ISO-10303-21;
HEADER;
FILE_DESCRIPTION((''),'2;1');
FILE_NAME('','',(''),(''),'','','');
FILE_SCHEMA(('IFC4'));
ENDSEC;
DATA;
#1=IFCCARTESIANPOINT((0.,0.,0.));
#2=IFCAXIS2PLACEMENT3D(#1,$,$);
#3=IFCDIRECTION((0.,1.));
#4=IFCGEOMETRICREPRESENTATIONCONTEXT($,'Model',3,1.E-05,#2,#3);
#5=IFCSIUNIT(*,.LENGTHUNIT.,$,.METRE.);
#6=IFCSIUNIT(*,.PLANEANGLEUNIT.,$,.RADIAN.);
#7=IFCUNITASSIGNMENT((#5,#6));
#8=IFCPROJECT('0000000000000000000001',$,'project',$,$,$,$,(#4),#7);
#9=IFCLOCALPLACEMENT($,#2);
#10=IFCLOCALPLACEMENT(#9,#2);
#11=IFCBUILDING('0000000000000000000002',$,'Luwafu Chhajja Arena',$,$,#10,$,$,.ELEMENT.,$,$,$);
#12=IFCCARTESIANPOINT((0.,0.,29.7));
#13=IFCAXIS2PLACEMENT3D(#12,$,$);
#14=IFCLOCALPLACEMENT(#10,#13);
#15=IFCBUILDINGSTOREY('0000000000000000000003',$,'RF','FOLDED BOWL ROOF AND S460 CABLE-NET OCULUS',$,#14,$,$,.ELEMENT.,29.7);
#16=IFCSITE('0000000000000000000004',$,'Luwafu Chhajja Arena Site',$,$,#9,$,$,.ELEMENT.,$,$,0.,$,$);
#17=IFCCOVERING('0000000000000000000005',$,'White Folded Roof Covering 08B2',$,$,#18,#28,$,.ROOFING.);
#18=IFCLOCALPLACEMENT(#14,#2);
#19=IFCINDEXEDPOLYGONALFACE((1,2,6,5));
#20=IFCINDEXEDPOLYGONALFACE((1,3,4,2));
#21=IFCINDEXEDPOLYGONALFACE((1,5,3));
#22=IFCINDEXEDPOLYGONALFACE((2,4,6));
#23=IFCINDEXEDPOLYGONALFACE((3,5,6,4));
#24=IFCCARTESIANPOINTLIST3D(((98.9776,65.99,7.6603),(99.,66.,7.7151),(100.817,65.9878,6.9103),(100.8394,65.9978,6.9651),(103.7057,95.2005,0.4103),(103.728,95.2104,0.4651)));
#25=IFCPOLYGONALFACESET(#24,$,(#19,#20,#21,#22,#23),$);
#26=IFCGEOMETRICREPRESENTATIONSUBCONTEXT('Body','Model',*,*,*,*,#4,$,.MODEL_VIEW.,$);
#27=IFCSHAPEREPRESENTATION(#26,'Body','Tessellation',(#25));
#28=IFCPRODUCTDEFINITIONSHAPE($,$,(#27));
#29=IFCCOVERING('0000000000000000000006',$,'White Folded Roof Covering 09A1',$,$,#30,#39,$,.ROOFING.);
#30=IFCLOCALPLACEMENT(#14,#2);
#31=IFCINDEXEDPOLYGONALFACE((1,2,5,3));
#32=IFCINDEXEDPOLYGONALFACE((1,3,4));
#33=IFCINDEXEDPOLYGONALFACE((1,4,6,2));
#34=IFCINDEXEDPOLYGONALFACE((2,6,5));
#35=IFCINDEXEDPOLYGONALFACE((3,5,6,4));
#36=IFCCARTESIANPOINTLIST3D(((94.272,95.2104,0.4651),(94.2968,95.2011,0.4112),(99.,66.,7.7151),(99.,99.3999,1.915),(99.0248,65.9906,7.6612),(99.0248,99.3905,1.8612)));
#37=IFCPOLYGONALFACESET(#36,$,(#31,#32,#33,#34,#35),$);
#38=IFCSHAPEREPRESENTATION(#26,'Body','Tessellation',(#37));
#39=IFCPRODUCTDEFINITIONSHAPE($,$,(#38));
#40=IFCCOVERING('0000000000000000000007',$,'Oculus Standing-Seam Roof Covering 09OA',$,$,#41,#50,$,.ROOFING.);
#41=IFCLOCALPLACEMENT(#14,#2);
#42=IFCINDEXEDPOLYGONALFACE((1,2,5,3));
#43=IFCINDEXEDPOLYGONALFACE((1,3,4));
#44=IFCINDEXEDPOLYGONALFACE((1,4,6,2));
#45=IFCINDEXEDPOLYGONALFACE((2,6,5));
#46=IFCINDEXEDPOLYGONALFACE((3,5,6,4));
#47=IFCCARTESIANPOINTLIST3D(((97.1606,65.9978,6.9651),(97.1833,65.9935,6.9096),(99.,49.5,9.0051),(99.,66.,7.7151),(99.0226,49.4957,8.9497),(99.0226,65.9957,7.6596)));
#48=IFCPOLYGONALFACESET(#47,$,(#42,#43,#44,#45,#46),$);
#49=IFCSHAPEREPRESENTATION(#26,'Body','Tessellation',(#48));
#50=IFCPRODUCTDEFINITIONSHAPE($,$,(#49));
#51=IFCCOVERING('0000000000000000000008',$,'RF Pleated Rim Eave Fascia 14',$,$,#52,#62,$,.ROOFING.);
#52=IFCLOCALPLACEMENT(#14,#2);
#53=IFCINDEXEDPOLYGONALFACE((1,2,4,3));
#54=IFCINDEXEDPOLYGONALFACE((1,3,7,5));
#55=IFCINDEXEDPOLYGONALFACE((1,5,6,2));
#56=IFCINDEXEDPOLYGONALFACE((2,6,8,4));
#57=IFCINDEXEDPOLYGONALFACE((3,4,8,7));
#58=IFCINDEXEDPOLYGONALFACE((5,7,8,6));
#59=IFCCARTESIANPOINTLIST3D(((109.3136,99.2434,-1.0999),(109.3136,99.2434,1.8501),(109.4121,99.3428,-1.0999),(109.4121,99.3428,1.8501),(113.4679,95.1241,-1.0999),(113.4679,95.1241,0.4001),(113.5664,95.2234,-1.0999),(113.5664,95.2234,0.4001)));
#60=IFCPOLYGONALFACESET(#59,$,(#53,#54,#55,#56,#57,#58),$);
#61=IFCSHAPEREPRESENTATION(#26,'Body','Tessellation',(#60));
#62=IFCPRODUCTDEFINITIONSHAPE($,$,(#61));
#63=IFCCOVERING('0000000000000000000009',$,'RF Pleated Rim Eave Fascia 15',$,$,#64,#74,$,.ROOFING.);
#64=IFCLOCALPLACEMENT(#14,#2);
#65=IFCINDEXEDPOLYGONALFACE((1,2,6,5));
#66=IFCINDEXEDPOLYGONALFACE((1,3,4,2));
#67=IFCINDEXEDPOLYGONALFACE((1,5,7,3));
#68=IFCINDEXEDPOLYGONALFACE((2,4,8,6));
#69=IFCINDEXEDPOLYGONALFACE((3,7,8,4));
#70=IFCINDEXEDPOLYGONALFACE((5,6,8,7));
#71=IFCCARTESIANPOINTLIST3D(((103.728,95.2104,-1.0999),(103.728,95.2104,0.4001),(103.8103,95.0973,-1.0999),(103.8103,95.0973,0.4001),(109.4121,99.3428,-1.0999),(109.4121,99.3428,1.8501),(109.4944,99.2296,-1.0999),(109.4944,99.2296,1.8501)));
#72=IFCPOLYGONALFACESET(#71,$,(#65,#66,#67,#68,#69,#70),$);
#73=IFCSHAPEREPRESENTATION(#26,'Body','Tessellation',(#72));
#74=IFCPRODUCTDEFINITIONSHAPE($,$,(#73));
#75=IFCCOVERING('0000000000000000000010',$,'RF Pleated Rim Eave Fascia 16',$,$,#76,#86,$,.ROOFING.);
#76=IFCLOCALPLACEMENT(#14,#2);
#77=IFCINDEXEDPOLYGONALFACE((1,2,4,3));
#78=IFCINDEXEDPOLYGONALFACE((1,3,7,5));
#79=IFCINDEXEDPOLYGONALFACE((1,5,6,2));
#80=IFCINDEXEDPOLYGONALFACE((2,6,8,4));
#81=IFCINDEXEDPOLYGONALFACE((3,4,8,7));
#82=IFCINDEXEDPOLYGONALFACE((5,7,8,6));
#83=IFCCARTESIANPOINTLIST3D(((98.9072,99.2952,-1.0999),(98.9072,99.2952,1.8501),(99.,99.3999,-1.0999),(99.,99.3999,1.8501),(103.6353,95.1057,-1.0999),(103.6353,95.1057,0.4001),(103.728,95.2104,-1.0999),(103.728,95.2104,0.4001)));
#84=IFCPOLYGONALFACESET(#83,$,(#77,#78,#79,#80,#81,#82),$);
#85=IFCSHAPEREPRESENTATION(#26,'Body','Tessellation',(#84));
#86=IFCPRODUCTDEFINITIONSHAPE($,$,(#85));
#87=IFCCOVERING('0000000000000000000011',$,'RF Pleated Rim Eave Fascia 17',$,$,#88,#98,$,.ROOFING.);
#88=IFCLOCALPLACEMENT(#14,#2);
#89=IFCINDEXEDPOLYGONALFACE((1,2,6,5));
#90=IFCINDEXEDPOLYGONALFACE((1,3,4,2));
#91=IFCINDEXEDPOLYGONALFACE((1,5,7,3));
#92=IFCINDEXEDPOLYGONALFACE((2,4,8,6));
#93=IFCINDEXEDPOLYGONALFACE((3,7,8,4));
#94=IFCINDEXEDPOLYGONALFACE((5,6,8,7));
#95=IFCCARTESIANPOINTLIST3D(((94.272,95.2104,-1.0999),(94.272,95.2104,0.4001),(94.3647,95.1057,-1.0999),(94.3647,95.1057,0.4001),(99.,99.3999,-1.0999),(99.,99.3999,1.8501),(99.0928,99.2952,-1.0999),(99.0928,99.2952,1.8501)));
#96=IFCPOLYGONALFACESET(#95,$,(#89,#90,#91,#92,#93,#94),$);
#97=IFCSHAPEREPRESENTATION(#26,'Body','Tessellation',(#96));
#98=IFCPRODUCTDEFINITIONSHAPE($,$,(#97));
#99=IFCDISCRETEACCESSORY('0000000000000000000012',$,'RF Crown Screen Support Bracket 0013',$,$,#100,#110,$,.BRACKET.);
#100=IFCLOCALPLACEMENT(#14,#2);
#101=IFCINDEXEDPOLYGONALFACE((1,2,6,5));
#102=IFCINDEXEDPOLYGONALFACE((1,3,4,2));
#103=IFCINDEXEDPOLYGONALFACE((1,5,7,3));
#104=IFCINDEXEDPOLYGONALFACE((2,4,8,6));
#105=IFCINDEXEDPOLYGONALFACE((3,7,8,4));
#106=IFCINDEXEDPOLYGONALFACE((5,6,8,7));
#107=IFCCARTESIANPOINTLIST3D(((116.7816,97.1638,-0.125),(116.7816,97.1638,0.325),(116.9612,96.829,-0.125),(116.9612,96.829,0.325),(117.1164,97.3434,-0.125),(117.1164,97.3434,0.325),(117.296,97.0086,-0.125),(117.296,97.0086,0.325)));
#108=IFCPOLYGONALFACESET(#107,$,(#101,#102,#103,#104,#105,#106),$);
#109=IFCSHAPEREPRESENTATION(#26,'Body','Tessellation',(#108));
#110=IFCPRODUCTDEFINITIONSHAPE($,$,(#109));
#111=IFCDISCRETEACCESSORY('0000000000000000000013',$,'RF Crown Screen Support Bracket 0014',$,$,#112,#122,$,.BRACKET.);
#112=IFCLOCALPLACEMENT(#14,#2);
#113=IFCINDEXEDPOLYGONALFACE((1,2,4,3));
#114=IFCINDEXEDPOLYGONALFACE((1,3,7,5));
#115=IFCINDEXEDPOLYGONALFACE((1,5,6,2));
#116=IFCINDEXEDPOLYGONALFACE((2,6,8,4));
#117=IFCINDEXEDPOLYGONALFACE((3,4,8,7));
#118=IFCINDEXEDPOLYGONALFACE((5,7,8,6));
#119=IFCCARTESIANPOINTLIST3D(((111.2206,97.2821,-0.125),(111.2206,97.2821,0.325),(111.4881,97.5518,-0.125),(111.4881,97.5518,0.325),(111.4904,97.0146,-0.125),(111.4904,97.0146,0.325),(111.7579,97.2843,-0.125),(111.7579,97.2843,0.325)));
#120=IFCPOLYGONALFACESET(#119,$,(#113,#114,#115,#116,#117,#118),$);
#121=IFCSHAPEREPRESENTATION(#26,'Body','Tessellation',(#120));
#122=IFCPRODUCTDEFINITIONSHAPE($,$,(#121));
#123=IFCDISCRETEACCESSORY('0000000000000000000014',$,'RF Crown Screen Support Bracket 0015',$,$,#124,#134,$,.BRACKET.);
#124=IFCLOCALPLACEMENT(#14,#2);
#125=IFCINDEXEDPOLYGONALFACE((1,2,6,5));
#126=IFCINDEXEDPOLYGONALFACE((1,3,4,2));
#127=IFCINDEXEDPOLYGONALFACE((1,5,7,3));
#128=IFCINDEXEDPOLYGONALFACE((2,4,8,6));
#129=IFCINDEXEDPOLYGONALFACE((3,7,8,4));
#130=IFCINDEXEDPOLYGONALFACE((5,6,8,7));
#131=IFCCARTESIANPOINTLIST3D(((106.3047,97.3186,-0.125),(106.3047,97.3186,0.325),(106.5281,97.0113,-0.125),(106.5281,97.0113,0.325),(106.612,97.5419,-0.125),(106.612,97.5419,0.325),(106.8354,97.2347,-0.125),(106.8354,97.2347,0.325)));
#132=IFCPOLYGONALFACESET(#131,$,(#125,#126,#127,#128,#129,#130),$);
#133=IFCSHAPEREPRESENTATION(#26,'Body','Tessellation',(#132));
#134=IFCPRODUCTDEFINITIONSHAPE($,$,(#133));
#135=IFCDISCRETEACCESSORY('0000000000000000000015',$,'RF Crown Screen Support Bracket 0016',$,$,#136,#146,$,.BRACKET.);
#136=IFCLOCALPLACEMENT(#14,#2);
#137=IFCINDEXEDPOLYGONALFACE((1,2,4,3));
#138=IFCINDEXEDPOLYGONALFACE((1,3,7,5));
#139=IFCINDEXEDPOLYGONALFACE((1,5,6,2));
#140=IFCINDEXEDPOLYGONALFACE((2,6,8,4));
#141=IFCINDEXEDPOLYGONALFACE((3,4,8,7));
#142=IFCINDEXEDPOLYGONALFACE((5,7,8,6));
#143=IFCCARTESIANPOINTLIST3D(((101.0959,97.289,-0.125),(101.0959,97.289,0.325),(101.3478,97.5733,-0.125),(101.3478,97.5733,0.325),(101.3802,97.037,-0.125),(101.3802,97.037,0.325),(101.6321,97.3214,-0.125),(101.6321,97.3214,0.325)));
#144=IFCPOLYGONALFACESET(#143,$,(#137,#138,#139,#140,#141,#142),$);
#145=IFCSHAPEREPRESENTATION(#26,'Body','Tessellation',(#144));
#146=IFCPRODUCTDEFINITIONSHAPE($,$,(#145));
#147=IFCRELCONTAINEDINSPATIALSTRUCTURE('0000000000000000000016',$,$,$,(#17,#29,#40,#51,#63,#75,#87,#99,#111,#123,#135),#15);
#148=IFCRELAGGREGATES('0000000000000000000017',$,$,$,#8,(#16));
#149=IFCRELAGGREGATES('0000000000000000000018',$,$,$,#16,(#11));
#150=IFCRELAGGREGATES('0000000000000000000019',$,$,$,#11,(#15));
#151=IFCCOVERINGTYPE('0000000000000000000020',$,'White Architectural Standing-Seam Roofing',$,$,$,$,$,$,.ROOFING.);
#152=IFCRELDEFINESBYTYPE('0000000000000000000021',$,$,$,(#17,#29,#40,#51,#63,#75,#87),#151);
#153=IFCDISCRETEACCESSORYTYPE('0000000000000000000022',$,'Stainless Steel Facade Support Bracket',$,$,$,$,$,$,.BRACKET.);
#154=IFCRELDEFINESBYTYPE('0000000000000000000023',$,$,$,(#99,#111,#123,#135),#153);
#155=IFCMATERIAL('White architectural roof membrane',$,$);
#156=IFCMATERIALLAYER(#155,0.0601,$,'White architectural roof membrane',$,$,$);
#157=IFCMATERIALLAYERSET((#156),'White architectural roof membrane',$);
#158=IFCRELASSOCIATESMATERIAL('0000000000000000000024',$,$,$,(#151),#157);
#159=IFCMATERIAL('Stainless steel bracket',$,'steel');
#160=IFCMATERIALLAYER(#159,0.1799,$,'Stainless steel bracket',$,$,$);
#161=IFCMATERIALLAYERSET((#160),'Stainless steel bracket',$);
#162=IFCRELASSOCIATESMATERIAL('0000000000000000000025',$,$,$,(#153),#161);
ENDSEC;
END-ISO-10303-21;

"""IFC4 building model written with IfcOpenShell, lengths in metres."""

from ifc_helpers import new_model, si_unit, direction, frame, origin, origin_2d, place, context, subcontext, project, spatial, polyline, rectangle, outline, extrude, material, layer, layer_set, type_object, element, save


model = new_model("IFC4")

# Units and contexts
model_context = context("Model", 3, precision=1e-05, world=origin(), true_north=direction((0.0, 1.0)))
body_context = subcontext(model_context, "Body", "Model", "MODEL_VIEW")
ifc_project = project(units=[si_unit("LENGTHUNIT", "METRE"), si_unit("PLANEANGLEUNIT", "RADIAN")], contexts=[model_context])

# Site, building, storey
site_placement = place(None, origin())
site = spatial("IfcSite", under=ifc_project, at=site_placement, Name="Luwafu Chhajja Arena Site", CompositionType="ELEMENT", RefElevation=0.0)
building_placement = place(site_placement, origin())
building = spatial("IfcBuilding", under=site, at=building_placement, Name="Luwafu Chhajja Arena", CompositionType="ELEMENT")
storey_placement = place(building_placement, frame((0.0, 0.0, 29.7)))
storey = spatial("IfcBuildingStorey", under=building, at=storey_placement, Name="RF", Description="FOLDED BOWL ROOF AND S460 CABLE-NET OCULUS", CompositionType="ELEMENT", Elevation=29.7)

# Coverings
ifc_material_1 = material(Name="White architectural roof membrane")
ifc_layer_1 = layer(ifc_material_1, 0.0601, Name="White architectural roof membrane")
ifc_layer_set_1 = layer_set([ifc_layer_1], Name="White architectural roof membrane")
covering_type = type_object("IfcCoveringType", Name="White Architectural Standing-Seam Roofing", PredefinedType="ROOFING", material=ifc_layer_set_1)
covering_1_placement = place(storey_placement, frame((103.728, 95.2104, 0.4651), z_axis=(0.372482, 0.166319, 0.913014), x_axis=(-0.155191, -0.958794, 0.237971)))
element("IfcCovering", 1, at=covering_1_placement, inside=storey, type_object=covering_type, Name="White Folded Roof Covering 08B2", PredefinedType="ROOFING", context=body_context, shape_type="SweptSolid", body=[
    extrude(outline(polyline([(0.0, 0.0), (30.4658, 0.0), (30.004, 1.932), (0.0, 0.0)])), origin(), (0.0, 0.0, -1.0), 0.0601),
])
covering_2_placement = place(storey_placement, frame((99.0, 99.3999, 1.915), z_axis=(-0.413206, 0.155805, 0.89721), x_axis=(-0.72948, -0.646384, -0.223711)))
element("IfcCovering", 2, at=covering_2_placement, inside=storey, type_object=covering_type, Name="White Folded Roof Covering 09A1", PredefinedType="ROOFING", context=body_context, shape_type="SweptSolid", body=[
    extrude(outline(polyline([(0.0, 0.0), (6.4814, 0.0), (20.2916, 27.1559), (0.0, 0.0)])), origin(), (0.0, 0.0, -1.0), 0.0601),
])
covering_3_placement = place(storey_placement, frame((99.0, 66.0, 7.7151), z_axis=(-0.376659, 0.072206, 0.923534), x_axis=(-0.92598, -0.001106, -0.37757)))
element("IfcCovering", 3, at=covering_3_placement, inside=storey, type_object=covering_type, Name="Oculus Standing-Seam Roof Covering 09OA", PredefinedType="ROOFING", context=body_context, shape_type="SweptSolid", body=[
    extrude(outline(polyline([(0.0, 0.0), (1.9864, 0.0), (-0.4688, 16.5437), (0.0, 0.0)])), origin(), (0.0, 0.0, -1.0), 0.0601),
])
covering_4_placement = place(storey_placement, frame((113.5664, 95.2234, -1.0999), z_axis=(0.704117, 0.710084, 0.0), x_axis=(-0.710084, 0.704117, 0.0)))
element("IfcCovering", 4, at=covering_4_placement, inside=storey, type_object=covering_type, Name="RF Pleated Rim Eave Fascia 14", PredefinedType="ROOFING", context=body_context, shape_type="SweptSolid", body=[
    extrude(outline(polyline([(0.0, 0.0), (5.8504, 0.0), (5.8504, 2.95), (0.0, 1.5), (0.0, 0.0)])), origin(), (0.0, 0.0, -1.0), 0.1399),
])
covering_5_placement = place(storey_placement, frame((109.4121, 99.3428, -1.0999), z_axis=(-0.588027, 0.808841, 0.0), x_axis=(-0.808841, -0.588027, 0.0)))
element("IfcCovering", 5, at=covering_5_placement, inside=storey, type_object=covering_type, Name="RF Pleated Rim Eave Fascia 15", PredefinedType="ROOFING", context=body_context, shape_type="SweptSolid", body=[
    extrude(outline(polyline([(0.0, 0.0), (7.0274, 0.0), (7.0274, 1.5), (0.0, 2.95), (0.0, 0.0)])), origin(), (0.0, 0.0, -1.0), 0.1399),
])
covering_6_placement = place(storey_placement, frame((103.728, 95.2104, -1.0999), z_axis=(0.663192, 0.748449, 0.0), x_axis=(-0.748449, 0.663192, 0.0)))
element("IfcCovering", 6, at=covering_6_placement, inside=storey, type_object=covering_type, Name="RF Pleated Rim Eave Fascia 16", PredefinedType="ROOFING", context=body_context, shape_type="SweptSolid", body=[
    extrude(outline(polyline([(0.0, 0.0), (6.3171, 0.0), (6.3171, 2.95), (0.0, 1.5), (0.0, 0.0)])), origin(), (0.0, 0.0, -1.0), 0.1399),
])
covering_7_placement = place(storey_placement, frame((99.0, 99.3999, -1.0999), z_axis=(-0.663192, 0.748449, 0.0), x_axis=(-0.748449, -0.663192, 0.0)))
element("IfcCovering", 7, at=covering_7_placement, inside=storey, type_object=covering_type, Name="RF Pleated Rim Eave Fascia 17", PredefinedType="ROOFING", context=body_context, shape_type="SweptSolid", body=[
    extrude(outline(polyline([(0.0, 0.0), (6.3171, 0.0), (6.3171, 1.5), (0.0, 2.95), (0.0, 0.0)])), origin(), (0.0, 0.0, -1.0), 0.1399),
])

# Discrete accessories
ifc_material_2 = material(Name="Stainless steel bracket", Category="steel")
ifc_layer_2 = layer(ifc_material_2, 0.1799, Name="Stainless steel bracket")
ifc_layer_set_2 = layer_set([ifc_layer_2], Name="Stainless steel bracket")
discrete_accessory_type = type_object("IfcDiscreteAccessoryType", Name="Stainless Steel Facade Support Bracket", PredefinedType="BRACKET", material=ifc_layer_set_2)
for number, where, z_axis, x_axis, name in (
    (8, (117.0388, 97.0862, -0.125), (0.0, 0.0, 1.0), (-0.881201, -0.472742, 0.0), "RF Crown Screen Support Bracket 0013"),
    (9, (111.4893, 97.2832, -0.125), (0.0, 0.0, 1.0), (-0.710109, 0.704092, 0.0), "RF Crown Screen Support Bracket 0014"),
    (10, (106.5701, 97.2766, -0.125), (0.0, 0.0, 1.0), (-0.808839, -0.58803, 0.0), "RF Crown Screen Support Bracket 0015"),
    (11, (101.364, 97.3052, -0.125), (0.0, 0.0, 1.0), (-0.748442, 0.6632, 0.0), "RF Crown Screen Support Bracket 0016"),
):
    element("IfcDiscreteAccessory", number, at=place(storey_placement, frame(where, z_axis=z_axis, x_axis=x_axis)), inside=storey, type_object=discrete_accessory_type, Name=name, PredefinedType="BRACKET", context=body_context, shape_type="SweptSolid", body=[
        extrude(rectangle(XDim=0.3799, YDim=0.3799, at=origin_2d()), origin(), (0.0, 0.0, 1.0), 0.45),
    ])

save(model, "model.ifc")
